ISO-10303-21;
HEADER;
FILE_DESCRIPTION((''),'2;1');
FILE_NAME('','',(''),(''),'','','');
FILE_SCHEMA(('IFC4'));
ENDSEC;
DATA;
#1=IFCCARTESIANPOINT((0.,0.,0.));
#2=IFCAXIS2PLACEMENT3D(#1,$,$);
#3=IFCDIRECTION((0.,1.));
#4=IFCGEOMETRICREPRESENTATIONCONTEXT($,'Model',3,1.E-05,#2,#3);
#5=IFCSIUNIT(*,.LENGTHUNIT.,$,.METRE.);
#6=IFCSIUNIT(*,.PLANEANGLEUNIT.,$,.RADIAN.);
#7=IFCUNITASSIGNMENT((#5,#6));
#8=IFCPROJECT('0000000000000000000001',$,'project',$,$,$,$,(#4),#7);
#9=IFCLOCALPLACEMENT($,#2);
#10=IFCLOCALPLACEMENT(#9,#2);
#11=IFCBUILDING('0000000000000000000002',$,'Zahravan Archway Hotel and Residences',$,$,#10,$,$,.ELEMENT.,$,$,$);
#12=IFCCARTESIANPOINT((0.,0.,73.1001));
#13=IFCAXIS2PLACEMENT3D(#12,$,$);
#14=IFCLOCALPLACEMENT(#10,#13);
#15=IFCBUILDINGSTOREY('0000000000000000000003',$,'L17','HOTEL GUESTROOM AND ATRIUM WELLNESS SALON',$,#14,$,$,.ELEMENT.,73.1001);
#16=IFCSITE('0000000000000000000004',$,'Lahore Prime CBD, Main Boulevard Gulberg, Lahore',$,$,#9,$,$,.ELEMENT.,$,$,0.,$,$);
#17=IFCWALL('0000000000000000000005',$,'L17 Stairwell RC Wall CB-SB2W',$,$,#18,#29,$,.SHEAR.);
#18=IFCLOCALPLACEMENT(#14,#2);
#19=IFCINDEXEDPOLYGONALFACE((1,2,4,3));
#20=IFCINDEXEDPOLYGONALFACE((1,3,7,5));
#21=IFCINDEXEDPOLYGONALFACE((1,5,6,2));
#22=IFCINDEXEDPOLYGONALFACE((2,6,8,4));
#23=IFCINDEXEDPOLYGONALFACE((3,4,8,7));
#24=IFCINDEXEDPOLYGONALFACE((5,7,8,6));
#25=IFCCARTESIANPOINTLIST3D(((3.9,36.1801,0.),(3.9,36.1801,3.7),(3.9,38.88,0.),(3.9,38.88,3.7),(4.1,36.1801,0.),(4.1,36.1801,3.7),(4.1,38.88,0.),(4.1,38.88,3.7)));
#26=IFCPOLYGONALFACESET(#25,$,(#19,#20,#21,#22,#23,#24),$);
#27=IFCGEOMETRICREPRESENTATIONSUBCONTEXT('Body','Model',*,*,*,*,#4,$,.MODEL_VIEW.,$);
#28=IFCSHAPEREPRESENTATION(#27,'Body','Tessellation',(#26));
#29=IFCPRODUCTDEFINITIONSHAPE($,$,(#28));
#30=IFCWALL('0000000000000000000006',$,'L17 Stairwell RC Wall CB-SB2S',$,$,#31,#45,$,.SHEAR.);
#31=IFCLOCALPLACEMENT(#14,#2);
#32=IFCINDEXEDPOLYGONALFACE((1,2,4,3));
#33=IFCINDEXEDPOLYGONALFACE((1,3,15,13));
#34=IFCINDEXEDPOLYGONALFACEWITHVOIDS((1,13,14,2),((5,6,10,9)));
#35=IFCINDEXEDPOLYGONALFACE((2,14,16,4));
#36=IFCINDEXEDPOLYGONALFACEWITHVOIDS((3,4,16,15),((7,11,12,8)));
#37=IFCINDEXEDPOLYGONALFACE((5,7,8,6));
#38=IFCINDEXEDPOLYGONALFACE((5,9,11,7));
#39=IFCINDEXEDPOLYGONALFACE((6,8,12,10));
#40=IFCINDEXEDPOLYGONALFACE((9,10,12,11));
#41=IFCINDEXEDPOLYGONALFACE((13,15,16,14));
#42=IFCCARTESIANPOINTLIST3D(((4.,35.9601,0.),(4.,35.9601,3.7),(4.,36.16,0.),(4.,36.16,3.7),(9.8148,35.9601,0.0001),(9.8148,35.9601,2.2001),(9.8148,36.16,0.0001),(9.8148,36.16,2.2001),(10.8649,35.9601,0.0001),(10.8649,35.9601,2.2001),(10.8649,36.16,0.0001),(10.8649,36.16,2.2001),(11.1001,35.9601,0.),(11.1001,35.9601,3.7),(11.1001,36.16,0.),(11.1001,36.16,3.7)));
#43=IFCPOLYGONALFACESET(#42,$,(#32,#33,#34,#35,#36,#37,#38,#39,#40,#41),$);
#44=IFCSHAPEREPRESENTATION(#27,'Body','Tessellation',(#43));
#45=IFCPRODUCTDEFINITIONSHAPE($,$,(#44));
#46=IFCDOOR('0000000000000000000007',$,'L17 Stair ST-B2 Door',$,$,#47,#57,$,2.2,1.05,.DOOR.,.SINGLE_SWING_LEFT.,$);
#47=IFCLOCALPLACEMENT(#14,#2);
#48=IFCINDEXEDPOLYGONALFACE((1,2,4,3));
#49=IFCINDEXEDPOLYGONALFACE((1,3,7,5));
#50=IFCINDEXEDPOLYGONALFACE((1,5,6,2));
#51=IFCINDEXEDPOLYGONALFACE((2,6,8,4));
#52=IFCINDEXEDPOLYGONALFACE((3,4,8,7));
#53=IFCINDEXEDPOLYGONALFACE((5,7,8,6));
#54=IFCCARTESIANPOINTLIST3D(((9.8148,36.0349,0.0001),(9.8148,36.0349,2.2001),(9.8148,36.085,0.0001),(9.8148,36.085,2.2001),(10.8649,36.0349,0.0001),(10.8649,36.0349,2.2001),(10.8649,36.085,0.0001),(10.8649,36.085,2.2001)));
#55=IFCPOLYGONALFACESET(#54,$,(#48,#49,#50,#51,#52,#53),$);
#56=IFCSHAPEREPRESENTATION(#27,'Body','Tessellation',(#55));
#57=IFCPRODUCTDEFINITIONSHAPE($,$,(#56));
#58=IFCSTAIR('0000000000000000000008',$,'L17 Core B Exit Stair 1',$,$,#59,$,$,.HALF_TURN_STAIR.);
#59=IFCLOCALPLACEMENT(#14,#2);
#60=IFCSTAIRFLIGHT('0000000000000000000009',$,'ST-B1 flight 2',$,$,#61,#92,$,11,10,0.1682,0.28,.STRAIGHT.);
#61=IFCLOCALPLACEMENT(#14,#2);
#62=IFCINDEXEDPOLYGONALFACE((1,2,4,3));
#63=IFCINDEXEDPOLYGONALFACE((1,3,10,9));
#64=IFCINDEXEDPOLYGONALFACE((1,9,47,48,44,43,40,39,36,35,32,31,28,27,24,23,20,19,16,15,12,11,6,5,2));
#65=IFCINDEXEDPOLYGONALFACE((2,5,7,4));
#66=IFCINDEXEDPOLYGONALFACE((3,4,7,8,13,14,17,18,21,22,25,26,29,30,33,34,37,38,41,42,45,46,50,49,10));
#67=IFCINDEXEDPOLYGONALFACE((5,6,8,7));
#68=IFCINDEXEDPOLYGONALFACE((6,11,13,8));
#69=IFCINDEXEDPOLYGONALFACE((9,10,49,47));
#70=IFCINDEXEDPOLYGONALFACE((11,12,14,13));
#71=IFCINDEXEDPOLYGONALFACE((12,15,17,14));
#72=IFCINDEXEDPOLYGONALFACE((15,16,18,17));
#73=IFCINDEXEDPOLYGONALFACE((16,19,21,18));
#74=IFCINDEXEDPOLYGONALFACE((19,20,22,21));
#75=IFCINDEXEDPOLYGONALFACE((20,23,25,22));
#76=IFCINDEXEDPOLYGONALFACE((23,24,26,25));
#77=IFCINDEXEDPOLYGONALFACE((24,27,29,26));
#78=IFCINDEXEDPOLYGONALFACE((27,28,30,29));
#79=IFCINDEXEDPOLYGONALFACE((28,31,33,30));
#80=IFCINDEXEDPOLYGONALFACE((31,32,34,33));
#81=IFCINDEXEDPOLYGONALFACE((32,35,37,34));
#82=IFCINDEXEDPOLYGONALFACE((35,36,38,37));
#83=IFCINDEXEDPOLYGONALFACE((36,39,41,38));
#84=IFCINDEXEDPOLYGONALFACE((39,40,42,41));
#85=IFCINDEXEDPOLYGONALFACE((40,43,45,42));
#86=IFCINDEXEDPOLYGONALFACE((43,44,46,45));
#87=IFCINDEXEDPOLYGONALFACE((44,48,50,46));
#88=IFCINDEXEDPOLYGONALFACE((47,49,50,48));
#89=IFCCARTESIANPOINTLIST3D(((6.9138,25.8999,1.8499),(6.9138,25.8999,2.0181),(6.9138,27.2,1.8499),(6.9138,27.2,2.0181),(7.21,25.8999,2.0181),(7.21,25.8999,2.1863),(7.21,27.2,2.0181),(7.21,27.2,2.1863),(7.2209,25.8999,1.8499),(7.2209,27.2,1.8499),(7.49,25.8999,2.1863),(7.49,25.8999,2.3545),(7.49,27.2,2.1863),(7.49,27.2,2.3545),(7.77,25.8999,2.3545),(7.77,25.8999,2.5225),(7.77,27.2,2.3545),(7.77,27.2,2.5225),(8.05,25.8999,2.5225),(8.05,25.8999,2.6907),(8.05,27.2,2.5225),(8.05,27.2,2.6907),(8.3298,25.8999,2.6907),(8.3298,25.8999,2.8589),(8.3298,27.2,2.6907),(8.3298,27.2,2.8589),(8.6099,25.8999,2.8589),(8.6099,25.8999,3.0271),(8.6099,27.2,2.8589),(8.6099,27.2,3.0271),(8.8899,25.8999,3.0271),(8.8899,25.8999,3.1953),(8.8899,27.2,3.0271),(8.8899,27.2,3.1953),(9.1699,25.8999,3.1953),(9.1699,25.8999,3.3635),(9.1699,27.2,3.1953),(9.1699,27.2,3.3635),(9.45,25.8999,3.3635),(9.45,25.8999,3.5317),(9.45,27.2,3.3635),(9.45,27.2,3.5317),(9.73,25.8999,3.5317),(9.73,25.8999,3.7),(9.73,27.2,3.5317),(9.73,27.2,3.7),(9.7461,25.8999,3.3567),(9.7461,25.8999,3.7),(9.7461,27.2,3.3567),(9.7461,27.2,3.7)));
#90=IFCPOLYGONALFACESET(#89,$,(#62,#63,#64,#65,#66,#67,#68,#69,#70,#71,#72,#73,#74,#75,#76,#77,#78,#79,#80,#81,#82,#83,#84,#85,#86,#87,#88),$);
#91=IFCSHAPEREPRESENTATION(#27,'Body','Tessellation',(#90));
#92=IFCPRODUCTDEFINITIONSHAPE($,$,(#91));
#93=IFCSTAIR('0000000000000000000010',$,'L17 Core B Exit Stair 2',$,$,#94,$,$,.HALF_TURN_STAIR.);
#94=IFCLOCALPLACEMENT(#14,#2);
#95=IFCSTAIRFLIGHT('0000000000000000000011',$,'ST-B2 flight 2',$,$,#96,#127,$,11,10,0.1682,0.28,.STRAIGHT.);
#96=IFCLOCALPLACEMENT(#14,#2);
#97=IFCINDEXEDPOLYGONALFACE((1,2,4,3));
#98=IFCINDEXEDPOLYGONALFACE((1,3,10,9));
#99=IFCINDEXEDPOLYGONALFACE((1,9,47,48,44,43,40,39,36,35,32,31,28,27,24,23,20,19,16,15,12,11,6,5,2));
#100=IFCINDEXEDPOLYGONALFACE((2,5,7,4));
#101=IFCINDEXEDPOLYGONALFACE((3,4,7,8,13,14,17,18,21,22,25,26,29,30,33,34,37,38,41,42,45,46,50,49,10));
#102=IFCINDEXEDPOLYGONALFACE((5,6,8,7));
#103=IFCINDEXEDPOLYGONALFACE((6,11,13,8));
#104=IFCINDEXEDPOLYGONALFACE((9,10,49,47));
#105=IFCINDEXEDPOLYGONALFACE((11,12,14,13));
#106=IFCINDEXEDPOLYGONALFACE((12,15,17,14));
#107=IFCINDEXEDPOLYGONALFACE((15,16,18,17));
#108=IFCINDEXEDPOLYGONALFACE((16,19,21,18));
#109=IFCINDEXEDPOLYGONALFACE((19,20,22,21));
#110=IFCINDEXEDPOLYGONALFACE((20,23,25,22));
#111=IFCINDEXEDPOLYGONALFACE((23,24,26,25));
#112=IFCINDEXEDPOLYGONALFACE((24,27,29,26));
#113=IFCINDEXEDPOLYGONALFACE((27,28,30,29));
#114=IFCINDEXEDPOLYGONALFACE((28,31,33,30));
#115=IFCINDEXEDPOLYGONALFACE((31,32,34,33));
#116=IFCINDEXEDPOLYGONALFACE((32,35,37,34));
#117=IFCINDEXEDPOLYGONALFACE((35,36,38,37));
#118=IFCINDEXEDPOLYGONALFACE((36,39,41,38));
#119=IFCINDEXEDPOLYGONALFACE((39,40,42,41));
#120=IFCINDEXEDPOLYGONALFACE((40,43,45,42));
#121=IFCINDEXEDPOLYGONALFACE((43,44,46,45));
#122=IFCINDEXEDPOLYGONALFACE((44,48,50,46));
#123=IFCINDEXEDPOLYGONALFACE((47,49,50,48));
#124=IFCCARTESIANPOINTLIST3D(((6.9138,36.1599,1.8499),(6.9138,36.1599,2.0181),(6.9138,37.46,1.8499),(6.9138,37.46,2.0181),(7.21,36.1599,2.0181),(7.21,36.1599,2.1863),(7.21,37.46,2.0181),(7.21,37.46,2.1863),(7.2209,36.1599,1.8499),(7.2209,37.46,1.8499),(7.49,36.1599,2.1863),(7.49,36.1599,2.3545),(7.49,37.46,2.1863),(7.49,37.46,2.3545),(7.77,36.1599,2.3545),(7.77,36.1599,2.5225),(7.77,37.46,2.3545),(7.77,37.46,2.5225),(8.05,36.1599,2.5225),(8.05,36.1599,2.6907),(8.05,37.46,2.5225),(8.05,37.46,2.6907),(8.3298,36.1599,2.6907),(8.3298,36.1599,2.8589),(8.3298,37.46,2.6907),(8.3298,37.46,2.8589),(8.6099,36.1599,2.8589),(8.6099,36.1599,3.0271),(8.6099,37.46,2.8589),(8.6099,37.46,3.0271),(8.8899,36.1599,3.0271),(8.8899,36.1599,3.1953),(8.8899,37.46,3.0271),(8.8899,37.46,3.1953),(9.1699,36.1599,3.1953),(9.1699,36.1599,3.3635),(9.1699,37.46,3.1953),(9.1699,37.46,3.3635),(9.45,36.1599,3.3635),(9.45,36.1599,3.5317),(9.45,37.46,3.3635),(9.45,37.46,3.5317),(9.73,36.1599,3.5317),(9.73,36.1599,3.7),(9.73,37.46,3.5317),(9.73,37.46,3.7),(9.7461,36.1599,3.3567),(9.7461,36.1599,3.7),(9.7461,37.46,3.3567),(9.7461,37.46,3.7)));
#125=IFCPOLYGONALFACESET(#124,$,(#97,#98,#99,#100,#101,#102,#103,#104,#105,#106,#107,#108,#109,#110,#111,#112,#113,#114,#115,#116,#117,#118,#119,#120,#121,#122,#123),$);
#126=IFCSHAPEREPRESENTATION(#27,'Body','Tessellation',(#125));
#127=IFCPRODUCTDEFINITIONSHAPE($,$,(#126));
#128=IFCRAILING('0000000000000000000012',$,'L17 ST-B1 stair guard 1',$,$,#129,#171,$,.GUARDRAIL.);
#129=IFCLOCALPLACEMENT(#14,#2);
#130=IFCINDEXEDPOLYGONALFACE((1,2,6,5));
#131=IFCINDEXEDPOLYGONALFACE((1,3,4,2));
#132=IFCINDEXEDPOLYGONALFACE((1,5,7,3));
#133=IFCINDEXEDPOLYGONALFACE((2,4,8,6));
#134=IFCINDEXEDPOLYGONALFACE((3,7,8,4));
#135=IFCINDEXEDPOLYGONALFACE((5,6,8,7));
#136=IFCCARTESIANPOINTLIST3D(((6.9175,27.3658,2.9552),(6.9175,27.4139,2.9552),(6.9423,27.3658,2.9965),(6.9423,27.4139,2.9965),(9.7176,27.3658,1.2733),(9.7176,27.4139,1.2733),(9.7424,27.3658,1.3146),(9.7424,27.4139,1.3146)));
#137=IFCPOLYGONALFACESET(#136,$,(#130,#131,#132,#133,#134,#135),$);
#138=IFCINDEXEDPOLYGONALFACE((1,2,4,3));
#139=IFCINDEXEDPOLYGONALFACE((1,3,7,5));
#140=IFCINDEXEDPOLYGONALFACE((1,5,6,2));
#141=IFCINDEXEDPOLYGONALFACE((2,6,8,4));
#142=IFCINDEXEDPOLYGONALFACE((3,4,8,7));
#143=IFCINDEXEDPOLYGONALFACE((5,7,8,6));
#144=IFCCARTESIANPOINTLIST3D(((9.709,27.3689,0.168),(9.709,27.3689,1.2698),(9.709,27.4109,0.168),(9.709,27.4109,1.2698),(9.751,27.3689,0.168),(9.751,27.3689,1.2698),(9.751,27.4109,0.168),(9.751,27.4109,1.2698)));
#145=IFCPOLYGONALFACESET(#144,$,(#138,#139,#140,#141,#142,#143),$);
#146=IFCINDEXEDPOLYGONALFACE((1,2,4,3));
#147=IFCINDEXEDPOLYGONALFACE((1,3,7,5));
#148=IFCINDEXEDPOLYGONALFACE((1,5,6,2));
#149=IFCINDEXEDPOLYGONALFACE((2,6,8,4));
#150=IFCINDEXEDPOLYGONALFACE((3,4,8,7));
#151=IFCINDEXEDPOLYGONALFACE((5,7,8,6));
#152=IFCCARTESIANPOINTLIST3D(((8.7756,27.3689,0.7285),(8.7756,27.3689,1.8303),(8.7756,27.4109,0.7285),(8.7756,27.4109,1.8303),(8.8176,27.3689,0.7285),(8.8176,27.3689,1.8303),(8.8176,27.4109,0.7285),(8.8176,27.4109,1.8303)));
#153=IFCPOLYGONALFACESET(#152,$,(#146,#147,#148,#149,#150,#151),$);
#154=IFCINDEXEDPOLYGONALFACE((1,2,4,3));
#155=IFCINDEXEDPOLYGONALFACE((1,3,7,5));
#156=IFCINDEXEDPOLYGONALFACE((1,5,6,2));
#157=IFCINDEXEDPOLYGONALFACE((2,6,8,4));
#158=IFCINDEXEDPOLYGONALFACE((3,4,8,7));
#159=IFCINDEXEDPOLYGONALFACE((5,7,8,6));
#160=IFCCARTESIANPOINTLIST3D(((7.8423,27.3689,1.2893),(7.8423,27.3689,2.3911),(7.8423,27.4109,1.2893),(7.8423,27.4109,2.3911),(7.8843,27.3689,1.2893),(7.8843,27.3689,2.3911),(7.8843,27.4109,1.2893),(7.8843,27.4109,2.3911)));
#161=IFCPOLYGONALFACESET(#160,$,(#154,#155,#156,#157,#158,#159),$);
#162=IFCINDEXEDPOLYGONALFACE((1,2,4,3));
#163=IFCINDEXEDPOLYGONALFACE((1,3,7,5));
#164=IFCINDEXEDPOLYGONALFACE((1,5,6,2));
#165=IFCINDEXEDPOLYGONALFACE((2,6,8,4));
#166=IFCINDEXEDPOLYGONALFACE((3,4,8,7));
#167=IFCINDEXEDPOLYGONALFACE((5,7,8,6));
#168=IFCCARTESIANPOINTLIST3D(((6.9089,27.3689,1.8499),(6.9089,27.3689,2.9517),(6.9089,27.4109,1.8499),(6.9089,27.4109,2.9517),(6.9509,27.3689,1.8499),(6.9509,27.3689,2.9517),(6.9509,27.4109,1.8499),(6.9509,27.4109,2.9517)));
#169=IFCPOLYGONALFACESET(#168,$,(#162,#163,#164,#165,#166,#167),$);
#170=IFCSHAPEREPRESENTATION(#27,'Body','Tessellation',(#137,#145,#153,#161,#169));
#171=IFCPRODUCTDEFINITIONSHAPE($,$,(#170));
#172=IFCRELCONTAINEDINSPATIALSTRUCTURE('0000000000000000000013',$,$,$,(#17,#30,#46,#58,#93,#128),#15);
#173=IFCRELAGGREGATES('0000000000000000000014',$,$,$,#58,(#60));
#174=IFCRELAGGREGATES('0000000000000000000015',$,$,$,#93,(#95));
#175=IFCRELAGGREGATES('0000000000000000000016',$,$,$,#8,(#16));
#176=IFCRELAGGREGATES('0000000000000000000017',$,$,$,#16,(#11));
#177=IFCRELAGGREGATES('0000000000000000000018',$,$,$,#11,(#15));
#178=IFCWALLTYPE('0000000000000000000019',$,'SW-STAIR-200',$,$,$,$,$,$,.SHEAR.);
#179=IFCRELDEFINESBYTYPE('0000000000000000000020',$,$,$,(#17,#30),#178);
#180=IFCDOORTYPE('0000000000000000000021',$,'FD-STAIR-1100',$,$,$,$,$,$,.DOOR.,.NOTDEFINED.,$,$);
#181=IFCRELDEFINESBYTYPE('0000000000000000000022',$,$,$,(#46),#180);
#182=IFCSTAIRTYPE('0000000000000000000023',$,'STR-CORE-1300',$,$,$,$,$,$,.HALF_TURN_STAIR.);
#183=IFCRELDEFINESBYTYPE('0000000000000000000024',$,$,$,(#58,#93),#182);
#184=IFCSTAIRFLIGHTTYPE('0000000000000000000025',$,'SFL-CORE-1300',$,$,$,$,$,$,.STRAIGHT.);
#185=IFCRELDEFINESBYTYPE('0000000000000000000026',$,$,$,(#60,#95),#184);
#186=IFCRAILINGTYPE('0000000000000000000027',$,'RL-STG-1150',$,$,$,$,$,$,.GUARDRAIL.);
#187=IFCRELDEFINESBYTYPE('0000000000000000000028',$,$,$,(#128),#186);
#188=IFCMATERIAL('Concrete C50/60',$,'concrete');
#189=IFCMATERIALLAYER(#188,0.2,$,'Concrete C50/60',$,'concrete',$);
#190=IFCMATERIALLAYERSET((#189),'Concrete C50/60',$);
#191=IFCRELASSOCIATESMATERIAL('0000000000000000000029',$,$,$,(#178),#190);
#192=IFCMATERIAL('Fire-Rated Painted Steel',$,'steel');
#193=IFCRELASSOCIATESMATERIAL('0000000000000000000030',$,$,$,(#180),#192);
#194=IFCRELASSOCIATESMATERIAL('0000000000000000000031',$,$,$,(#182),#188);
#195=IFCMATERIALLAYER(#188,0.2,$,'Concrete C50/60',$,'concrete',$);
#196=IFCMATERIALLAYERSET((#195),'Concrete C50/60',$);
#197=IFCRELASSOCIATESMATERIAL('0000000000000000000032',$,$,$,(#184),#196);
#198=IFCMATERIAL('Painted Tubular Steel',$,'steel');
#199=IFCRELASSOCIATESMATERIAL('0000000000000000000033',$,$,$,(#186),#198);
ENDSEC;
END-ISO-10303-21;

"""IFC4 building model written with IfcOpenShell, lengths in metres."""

from ifc_helpers import new_model, si_unit, direction, frame, frame_2d, origin, origin_2d, place, context, subcontext, project, spatial, polyline, rectangle, outline, extrude, source, transform, mapped, material, layer, layer_set, type_object, type_shapes, element, fill, aggregate, save


model = new_model("IFC4")

# Units and contexts
model_context = context("Model", 3, precision=1e-05, world=origin(), true_north=direction((0.0, 1.0)))
body_context = subcontext(model_context, "Body", "Model", "MODEL_VIEW")
ifc_project = project(units=[si_unit("LENGTHUNIT", "METRE"), si_unit("PLANEANGLEUNIT", "RADIAN")], contexts=[model_context])

# Site, building, storey
site_placement = place(None, origin())
site = spatial("IfcSite", under=ifc_project, at=site_placement, Name="Lahore Prime CBD, Main Boulevard Gulberg, Lahore", CompositionType="ELEMENT", RefElevation=0.0)
building_placement = place(site_placement, origin())
building = spatial("IfcBuilding", under=site, at=building_placement, Name="Zahravan Archway Hotel and Residences", CompositionType="ELEMENT")
storey_placement = place(building_placement, frame((0.0, 0.0, 73.1001)))
storey = spatial("IfcBuildingStorey", under=building, at=storey_placement, Name="L17", Description="HOTEL GUESTROOM AND ATRIUM WELLNESS SALON", CompositionType="ELEMENT", Elevation=73.1001)

# Shared definitions
ifc_material_1 = material(Name="Fire-Rated Painted Steel", Category="steel")

# Shared definitions
ifc_material_2 = material(Name="Concrete C50/60", Category="concrete")
ifc_layer_1 = layer(ifc_material_2, 0.2, Name="Concrete C50/60", Category="concrete")
ifc_layer_set_1 = layer_set([ifc_layer_1], Name="Concrete C50/60")
wall_type_1 = type_object("IfcWallType", Name="SW-STAIR-200", PredefinedType="SHEAR", material=ifc_layer_set_1)
door_type_1 = type_object("IfcDoorType", Name="FD-STAIR-1100", OperationType="NOTDEFINED", PredefinedType="DOOR", material=ifc_material_1)
shared_shape_1 = source(origin(), body_context, "Body", "SweptSolid", [
    extrude(rectangle(XDim=1.05, YDim=2.2, at=frame_2d((0.5249, 1.1001))), frame((0.0, 0.0249, 0.0), z_axis=(0.0, -1.0, 0.0), x_axis=(1.0, 0.0, 0.0)), (0.0, 0.0, 1.0), 0.05),
])
type_shapes(door_type_1, [shared_shape_1])

# Wall
wall_1_placement = place(storey_placement, frame((4.0, 36.1799, 0.0), z_axis=(0.0, 0.0, 1.0), x_axis=(0.0, 1.0, 0.0)))
element("IfcWall", 1, at=wall_1_placement, inside=storey, type_object=wall_type_1, Name="L17 Stairwell RC Wall CB-SB2W", PredefinedType="SHEAR", context=body_context, shape_type="SweptSolid", body=[
    extrude(rectangle(XDim=2.7, YDim=0.2, at=frame_2d((1.3501, 0.0))), origin(), (0.0, 0.0, 1.0), 3.7),
])

# Wall, opening, door
wall_2_placement = place(storey_placement, frame((4.0, 36.0601, 0.0), z_axis=(0.0, 0.0, 1.0), x_axis=(1.0, 0.0, 0.0)))
wall_2 = element("IfcWall", 2, at=wall_2_placement, inside=storey, type_object=wall_type_1, Name="L17 Stairwell RC Wall CB-SB2S", PredefinedType="SHEAR", context=body_context, shape_type="SweptSolid", body=[
    extrude(rectangle(XDim=7.1001, YDim=0.2, at=frame_2d((3.55, 0.0))), origin(), (0.0, 0.0, 1.0), 3.7),
])
opening_1_placement = place(wall_2_placement, frame((5.8149, 0.0, 0.0)))
opening_1 = element("IfcOpeningElement", 3, at=opening_1_placement, cuts=wall_2, PredefinedType="OPENING", context=body_context, shape_type="SweptSolid", body=[
    extrude(rectangle(XDim=1.05, YDim=2.2, at=frame_2d((0.5249, 1.1001))), frame((0.0, 0.1099, 0.0), z_axis=(0.0, -1.0, 0.0), x_axis=(1.0, 0.0, 0.0)), (0.0, 0.0, 1.0), 0.22),
])
door_1_placement = place(opening_1_placement, origin())
door_1 = element("IfcDoor", 4, at=door_1_placement, inside=storey, type_object=door_type_1, Name="L17 Stair ST-B2 Door", OperationType="SINGLE_SWING_LEFT", OverallHeight=2.2, OverallWidth=1.05, PredefinedType="DOOR", context=body_context, shape_type="MappedRepresentation", body=[
    mapped(shared_shape_1, transform((0.0, 0.0, 0.0), scale=1.0)),
])
fill(opening_1, door_1)

# Stairs, stair flights
stair_type = type_object("IfcStairType", Name="STR-CORE-1300", PredefinedType="HALF_TURN_STAIR", material=ifc_material_2)
stair_1_placement = place(storey_placement, origin())
stair_1 = element("IfcStair", 5, at=stair_1_placement, inside=storey, type_object=stair_type, Name="L17 Core B Exit Stair 1", PredefinedType="HALF_TURN_STAIR")
ifc_layer_2 = layer(ifc_material_2, 0.2, Name="Concrete C50/60", Category="concrete")
ifc_layer_set_2 = layer_set([ifc_layer_2], Name="Concrete C50/60")
stair_flight_type = type_object("IfcStairFlightType", Name="SFL-CORE-1300", PredefinedType="STRAIGHT", material=ifc_layer_set_2)
shared_shape_2 = source(origin(), body_context, "Body", "SweptSolid", [
    extrude(outline(polyline([(-0.0161, 0.0), (-0.0161, 0.1682), (0.28, 0.1682), (0.28, 0.3364), (0.5601, 0.3364), (0.5601, 0.5046), (0.8401, 0.5046), (0.8401, 0.6726), (1.1201, 0.6726), (1.1201, 0.8408), (1.3999, 0.8408), (1.3999, 1.009), (1.6799, 1.009), (1.6799, 1.1772), (1.96, 1.1772), (1.96, 1.3455), (2.24, 1.3455), (2.24, 1.5137), (2.52, 1.5137), (2.52, 1.6819), (2.8, 1.6819), (2.8, 1.8501), (2.8162, 1.8501), (2.8162, 1.5068), (0.291, 0.0), (-0.0161, 0.0)])), frame((0.0, 0.6499, 0.0), z_axis=(0.0, -1.0, 0.0), x_axis=(1.0, 0.0, 0.0)), (0.0, 0.0, 1.0), 1.3),
])
stair_flight_1_placement = place(storey_placement, frame((6.9299, 26.55, 1.8499), z_axis=(0.0, 0.0, 1.0), x_axis=(1.0, 0.0, 0.0)))
stair_flight_1 = element("IfcStairFlight", 6, at=stair_flight_1_placement, type_object=stair_flight_type, Name="ST-B1 flight 2", NumberOfRisers=11, NumberOfTreads=10, PredefinedType="STRAIGHT", RiserHeight=0.1682, TreadLength=0.28, context=body_context, shape_type="MappedRepresentation", body=[
    mapped(shared_shape_2, transform((0.0, 0.0, 0.0), scale=1.0)),
])
aggregate(stair_1, [stair_flight_1])
stair_2_placement = place(storey_placement, origin())
stair_2 = element("IfcStair", 7, at=stair_2_placement, inside=storey, type_object=stair_type, Name="L17 Core B Exit Stair 2", PredefinedType="HALF_TURN_STAIR")
stair_flight_2_placement = place(storey_placement, frame((6.9299, 36.8101, 1.8499), z_axis=(0.0, 0.0, 1.0), x_axis=(1.0, 0.0, 0.0)))
stair_flight_2 = element("IfcStairFlight", 8, at=stair_flight_2_placement, type_object=stair_flight_type, Name="ST-B2 flight 2", NumberOfRisers=11, NumberOfTreads=10, PredefinedType="STRAIGHT", RiserHeight=0.1682, TreadLength=0.28, context=body_context, shape_type="MappedRepresentation", body=[
    mapped(shared_shape_2, transform((0.0, 0.0, 0.0), scale=1.0)),
])
aggregate(stair_2, [stair_flight_2])

# Railing
ifc_material_3 = material(Name="Painted Tubular Steel", Category="steel")
railing_type_1 = type_object("IfcRailingType", Name="RL-STG-1150", PredefinedType="GUARDRAIL", material=ifc_material_3)
railing_1_placement = place(storey_placement, frame((9.73, 27.3899, 0.168)))
element("IfcRailing", 9, at=railing_1_placement, inside=storey, type_object=railing_type_1, Name="L17 ST-B1 stair guard 1", PredefinedType="GUARDRAIL", context=body_context, shape_type="SweptSolid", body=[
    extrude(rectangle(XDim=0.0481, YDim=0.0481, at=origin_2d()), frame((0.0, 0.0, 1.126), z_axis=(-0.857242, 0.0, 0.514913), x_axis=(0.0, -1.0, 0.0)), (0.0, 0.0, 1.0), 3.2664),
    extrude(rectangle(XDim=0.042, YDim=0.042, at=origin_2d()), origin(), (0.0, 0.0, 1.0), 1.1018),
    extrude(rectangle(XDim=0.042, YDim=0.042, at=origin_2d()), frame((-0.9333, 0.0, 0.5605)), (0.0, 0.0, 1.0), 1.1018),
    extrude(rectangle(XDim=0.042, YDim=0.042, at=origin_2d()), frame((-1.8667, 0.0, 1.1213)), (0.0, 0.0, 1.0), 1.1018),
    extrude(rectangle(XDim=0.042, YDim=0.042, at=origin_2d()), frame((-2.8, 0.0, 1.6819)), (0.0, 0.0, 1.0), 1.1018),
])

save(model, "model.ifc")
